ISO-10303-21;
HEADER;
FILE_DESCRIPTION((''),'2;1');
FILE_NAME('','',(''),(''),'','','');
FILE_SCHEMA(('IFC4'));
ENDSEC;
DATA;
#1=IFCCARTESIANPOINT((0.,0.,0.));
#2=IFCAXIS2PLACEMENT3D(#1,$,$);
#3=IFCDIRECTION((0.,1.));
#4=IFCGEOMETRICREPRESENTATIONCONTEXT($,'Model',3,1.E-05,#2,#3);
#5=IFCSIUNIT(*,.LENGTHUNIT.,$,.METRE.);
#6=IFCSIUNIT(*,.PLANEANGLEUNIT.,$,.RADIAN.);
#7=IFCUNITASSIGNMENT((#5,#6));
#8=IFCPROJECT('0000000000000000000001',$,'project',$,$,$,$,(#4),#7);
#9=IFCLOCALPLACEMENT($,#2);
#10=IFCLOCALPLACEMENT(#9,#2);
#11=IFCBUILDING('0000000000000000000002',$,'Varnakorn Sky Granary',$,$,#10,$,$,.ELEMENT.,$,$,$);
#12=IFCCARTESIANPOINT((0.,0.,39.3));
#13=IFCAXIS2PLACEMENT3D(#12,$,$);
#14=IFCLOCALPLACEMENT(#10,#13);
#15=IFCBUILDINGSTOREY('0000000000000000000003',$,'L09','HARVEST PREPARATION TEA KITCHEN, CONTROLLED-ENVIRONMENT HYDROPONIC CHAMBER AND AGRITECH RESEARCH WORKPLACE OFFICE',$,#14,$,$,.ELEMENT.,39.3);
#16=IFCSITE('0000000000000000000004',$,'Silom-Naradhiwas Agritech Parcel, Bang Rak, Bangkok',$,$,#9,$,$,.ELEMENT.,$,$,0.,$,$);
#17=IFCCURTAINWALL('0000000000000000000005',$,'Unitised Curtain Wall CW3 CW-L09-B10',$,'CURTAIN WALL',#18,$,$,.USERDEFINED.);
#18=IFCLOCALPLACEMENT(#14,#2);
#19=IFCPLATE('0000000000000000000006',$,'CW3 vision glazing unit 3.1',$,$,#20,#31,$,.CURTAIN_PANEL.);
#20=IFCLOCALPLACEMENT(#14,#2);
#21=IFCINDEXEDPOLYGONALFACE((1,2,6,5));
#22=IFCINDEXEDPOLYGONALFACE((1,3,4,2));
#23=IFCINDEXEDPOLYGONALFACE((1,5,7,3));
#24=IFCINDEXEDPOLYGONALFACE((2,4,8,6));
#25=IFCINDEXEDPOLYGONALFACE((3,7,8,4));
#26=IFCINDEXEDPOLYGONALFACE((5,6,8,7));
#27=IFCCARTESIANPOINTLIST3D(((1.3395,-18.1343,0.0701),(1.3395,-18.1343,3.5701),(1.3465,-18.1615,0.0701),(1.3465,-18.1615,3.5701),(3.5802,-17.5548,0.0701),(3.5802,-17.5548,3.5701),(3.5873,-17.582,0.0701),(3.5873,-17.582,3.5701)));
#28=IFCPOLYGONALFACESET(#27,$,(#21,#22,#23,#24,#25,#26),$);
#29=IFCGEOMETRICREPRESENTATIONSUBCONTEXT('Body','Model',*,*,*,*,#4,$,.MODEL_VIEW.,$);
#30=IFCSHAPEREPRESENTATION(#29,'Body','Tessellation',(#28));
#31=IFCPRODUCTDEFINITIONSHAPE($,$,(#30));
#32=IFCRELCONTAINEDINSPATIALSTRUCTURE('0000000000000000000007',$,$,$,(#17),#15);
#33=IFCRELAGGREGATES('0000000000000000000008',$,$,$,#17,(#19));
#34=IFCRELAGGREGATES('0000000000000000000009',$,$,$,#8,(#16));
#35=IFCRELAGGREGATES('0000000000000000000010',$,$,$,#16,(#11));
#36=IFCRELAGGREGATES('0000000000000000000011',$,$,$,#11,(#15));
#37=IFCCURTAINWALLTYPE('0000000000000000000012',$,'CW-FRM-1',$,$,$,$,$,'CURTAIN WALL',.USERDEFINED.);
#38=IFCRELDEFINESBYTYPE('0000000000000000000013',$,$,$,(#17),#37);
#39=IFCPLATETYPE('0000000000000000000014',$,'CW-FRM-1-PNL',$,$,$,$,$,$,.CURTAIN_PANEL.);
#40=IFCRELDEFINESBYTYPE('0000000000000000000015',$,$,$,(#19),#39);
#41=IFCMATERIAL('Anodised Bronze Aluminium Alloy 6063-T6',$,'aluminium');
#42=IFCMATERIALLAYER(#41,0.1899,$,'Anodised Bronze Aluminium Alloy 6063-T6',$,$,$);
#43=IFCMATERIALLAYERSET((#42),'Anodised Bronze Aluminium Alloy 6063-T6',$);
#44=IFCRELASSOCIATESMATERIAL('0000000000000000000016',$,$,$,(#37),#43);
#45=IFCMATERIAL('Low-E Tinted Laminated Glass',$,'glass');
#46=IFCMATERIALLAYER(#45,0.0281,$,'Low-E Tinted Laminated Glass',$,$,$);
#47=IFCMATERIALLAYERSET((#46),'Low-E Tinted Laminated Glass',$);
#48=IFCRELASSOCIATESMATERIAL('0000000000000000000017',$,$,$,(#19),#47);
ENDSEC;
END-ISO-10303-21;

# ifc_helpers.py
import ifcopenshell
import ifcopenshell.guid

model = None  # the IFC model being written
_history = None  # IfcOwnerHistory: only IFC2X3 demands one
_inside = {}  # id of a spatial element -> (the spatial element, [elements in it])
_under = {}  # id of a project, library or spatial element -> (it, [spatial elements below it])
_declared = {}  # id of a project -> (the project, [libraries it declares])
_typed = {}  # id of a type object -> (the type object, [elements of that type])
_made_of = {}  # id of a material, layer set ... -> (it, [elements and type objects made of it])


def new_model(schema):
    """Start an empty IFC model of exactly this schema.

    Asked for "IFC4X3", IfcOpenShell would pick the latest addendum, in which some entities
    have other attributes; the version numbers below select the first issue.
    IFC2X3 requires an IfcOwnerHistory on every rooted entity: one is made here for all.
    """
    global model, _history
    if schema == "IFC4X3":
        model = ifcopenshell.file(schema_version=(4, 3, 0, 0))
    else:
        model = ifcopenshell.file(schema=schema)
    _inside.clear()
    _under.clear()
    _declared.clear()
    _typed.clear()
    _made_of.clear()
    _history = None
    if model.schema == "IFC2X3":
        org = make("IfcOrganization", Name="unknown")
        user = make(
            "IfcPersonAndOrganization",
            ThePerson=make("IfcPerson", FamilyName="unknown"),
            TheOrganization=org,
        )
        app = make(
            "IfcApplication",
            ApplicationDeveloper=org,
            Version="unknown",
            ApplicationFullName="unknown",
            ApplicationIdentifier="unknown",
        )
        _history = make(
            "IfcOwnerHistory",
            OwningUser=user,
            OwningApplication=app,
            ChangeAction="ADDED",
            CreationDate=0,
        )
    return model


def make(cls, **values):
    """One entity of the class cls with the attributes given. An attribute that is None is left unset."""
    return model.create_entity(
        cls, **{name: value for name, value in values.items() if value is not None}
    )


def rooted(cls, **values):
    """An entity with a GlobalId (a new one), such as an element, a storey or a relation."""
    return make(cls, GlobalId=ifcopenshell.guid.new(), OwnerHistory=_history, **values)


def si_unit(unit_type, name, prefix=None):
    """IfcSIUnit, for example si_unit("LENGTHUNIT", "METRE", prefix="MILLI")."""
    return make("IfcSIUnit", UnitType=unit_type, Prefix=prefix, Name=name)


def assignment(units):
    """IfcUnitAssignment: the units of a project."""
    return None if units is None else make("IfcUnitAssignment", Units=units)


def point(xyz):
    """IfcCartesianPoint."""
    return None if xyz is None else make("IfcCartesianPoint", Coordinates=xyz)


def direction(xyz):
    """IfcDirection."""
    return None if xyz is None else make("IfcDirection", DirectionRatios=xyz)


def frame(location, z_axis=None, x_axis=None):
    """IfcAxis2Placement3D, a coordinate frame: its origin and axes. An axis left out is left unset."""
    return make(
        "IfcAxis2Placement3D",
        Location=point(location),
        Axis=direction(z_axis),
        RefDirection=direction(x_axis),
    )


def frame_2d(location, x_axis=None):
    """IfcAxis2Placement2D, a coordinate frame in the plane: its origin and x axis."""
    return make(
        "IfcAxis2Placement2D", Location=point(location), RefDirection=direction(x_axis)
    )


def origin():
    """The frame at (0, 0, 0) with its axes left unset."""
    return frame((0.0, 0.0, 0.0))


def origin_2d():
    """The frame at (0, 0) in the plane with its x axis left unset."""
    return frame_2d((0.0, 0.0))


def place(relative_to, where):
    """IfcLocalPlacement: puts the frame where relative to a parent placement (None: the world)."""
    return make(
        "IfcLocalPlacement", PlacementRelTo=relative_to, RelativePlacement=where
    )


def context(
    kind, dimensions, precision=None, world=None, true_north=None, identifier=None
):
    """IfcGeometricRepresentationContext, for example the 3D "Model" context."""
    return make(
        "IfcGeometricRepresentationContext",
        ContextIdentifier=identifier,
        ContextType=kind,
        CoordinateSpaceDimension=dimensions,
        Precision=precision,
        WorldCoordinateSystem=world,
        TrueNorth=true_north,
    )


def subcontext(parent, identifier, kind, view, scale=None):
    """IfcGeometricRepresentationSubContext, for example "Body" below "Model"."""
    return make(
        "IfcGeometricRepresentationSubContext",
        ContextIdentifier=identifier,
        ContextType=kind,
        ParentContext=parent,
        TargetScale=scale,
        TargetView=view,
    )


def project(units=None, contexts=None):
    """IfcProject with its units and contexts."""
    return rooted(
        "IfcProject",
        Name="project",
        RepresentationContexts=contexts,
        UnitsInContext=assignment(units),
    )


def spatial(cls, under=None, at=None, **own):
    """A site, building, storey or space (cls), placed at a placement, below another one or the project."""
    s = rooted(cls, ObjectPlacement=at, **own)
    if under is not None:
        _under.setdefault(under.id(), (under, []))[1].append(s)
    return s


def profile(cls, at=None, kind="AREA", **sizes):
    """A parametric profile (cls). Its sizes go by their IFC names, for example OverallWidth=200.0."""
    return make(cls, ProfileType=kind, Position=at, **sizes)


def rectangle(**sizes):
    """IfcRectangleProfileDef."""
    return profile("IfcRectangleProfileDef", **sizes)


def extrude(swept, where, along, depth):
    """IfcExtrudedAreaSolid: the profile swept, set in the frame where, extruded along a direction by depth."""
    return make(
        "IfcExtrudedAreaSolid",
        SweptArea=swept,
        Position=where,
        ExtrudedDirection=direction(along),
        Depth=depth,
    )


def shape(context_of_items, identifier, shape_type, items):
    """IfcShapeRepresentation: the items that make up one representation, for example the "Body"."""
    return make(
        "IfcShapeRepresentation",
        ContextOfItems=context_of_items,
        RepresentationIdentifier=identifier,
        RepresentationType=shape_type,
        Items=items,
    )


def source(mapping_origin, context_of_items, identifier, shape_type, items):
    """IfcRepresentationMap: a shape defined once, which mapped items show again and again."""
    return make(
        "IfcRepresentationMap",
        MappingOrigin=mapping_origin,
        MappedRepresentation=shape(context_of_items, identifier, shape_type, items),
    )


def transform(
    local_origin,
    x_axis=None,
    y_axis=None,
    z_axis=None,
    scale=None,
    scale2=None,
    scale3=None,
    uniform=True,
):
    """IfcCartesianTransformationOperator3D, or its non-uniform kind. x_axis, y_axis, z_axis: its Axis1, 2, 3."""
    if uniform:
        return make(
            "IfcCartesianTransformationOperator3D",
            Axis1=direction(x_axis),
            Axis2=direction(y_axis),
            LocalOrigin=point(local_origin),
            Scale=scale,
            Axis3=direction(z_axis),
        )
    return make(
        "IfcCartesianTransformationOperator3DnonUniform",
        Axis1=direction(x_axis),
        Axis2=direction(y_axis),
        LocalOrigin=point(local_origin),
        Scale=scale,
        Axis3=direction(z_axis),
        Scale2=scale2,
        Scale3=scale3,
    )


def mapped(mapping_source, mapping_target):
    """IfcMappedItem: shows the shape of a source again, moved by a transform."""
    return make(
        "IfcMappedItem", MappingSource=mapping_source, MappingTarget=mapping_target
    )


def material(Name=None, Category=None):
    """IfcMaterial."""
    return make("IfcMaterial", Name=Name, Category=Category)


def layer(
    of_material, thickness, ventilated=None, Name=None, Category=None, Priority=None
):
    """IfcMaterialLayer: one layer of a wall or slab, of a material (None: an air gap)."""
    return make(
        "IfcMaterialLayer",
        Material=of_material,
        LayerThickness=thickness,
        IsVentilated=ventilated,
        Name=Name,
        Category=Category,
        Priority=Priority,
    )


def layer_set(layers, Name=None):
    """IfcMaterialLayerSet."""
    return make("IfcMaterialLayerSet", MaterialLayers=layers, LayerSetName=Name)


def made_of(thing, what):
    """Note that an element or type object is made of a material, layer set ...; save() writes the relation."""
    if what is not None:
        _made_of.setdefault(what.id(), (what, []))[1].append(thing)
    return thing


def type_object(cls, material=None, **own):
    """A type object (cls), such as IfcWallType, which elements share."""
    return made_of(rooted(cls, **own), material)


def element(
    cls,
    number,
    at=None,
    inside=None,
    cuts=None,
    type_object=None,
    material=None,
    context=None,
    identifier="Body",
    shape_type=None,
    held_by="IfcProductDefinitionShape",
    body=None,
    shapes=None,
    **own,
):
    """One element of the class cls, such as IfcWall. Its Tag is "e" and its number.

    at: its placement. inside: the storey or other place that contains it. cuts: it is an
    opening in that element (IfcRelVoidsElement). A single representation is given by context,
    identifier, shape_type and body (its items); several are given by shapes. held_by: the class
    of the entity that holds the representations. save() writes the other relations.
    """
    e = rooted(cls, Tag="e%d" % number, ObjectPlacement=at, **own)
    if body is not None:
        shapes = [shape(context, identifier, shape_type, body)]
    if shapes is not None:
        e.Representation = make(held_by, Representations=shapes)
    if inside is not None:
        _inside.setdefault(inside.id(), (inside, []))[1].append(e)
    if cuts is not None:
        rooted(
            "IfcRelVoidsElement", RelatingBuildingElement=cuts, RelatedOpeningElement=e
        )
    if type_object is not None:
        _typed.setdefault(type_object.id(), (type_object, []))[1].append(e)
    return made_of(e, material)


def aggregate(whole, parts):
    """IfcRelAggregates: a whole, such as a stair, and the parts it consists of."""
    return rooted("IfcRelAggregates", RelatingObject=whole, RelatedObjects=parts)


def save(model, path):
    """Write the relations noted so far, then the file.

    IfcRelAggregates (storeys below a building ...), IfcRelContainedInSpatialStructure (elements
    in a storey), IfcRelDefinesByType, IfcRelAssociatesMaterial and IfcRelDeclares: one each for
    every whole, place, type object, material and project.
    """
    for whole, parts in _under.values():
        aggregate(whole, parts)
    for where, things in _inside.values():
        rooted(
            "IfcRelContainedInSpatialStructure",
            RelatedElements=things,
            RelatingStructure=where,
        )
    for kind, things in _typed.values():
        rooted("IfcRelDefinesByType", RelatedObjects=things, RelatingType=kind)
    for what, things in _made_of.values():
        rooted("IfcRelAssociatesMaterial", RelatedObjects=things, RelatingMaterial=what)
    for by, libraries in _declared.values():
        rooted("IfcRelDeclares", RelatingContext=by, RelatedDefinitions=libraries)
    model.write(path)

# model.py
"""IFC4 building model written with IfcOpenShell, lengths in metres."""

from ifc_helpers import new_model, si_unit, direction, frame, origin, origin_2d, place, context, subcontext, project, spatial, rectangle, extrude, source, transform, mapped, material, layer, layer_set, type_object, element, aggregate, save


model = new_model("IFC4")

# Units and contexts
model_context = context("Model", 3, precision=1e-05, world=origin(), true_north=direction((0.0, 1.0)))
body_context = subcontext(model_context, "Body", "Model", "MODEL_VIEW")
ifc_project = project(units=[si_unit("LENGTHUNIT", "METRE"), si_unit("PLANEANGLEUNIT", "RADIAN")], contexts=[model_context])

# Site, building, storey
site_placement = place(None, origin())
site = spatial("IfcSite", under=ifc_project, at=site_placement, Name="Silom-Naradhiwas Agritech Parcel, Bang Rak, Bangkok", CompositionType="ELEMENT", RefElevation=0.0)
building_placement = place(site_placement, origin())
building = spatial("IfcBuilding", under=site, at=building_placement, Name="Varnakorn Sky Granary", CompositionType="ELEMENT")
storey_placement = place(building_placement, frame((0.0, 0.0, 39.3)))
storey = spatial("IfcBuildingStorey", under=building, at=storey_placement, Name="L09", Description="HARVEST PREPARATION TEA KITCHEN, CONTROLLED-ENVIRONMENT HYDROPONIC CHAMBER AND AGRITECH RESEARCH WORKPLACE OFFICE", CompositionType="ELEMENT", Elevation=39.3)

# Curtain wall
ifc_material_1 = material(Name="Anodised Bronze Aluminium Alloy 6063-T6", Category="aluminium")
ifc_layer_1 = layer(ifc_material_1, 0.1899, Name="Anodised Bronze Aluminium Alloy 6063-T6")
ifc_layer_set_1 = layer_set([ifc_layer_1], Name="Anodised Bronze Aluminium Alloy 6063-T6")
curtain_wall_type = type_object("IfcCurtainWallType", Name="CW-FRM-1", ElementType="CURTAIN WALL", PredefinedType="USERDEFINED", material=ifc_layer_set_1)
curtain_wall_placement = place(storey_placement, origin())
curtain_wall = element("IfcCurtainWall", 1, at=curtain_wall_placement, inside=storey, type_object=curtain_wall_type, Name="Unitised Curtain Wall CW3 CW-L09-B10", ObjectType="CURTAIN WALL", PredefinedType="USERDEFINED")

# Plate
plate_type_1 = type_object("IfcPlateType", Name="CW-FRM-1-PNL", PredefinedType="CURTAIN_PANEL")
shared_shape_1 = source(origin(), body_context, "Body", "SweptSolid", [
    extrude(rectangle(XDim=2.3145, YDim=0.0281, at=origin_2d()), origin(), (0.0, 0.0, 1.0), 3.5),
])
ifc_material_2 = material(Name="Low-E Tinted Laminated Glass", Category="glass")
ifc_layer_2 = layer(ifc_material_2, 0.0281, Name="Low-E Tinted Laminated Glass")
ifc_layer_set_2 = layer_set([ifc_layer_2], Name="Low-E Tinted Laminated Glass")
plate_1_placement = place(storey_placement, frame((2.4634, -17.8582, 0.0701), z_axis=(0.0, 0.0, 1.0), x_axis=(-0.968153, -0.25036, 0.0)))
plate_1 = element("IfcPlate", 2, at=plate_1_placement, type_object=plate_type_1, material=ifc_layer_set_2, Name="CW3 vision glazing unit 3.1", PredefinedType="CURTAIN_PANEL", context=body_context, shape_type="MappedRepresentation", body=[
    mapped(shared_shape_1, transform((0.0, 0.0, 0.0), x_axis=(1.0, 0.0, 0.0), y_axis=(0.0, 1.0, 0.0), z_axis=(0.0, 0.0, 1.0), scale=1.0)),
])
aggregate(curtain_wall, [plate_1])

save(model, "model.ifc")
